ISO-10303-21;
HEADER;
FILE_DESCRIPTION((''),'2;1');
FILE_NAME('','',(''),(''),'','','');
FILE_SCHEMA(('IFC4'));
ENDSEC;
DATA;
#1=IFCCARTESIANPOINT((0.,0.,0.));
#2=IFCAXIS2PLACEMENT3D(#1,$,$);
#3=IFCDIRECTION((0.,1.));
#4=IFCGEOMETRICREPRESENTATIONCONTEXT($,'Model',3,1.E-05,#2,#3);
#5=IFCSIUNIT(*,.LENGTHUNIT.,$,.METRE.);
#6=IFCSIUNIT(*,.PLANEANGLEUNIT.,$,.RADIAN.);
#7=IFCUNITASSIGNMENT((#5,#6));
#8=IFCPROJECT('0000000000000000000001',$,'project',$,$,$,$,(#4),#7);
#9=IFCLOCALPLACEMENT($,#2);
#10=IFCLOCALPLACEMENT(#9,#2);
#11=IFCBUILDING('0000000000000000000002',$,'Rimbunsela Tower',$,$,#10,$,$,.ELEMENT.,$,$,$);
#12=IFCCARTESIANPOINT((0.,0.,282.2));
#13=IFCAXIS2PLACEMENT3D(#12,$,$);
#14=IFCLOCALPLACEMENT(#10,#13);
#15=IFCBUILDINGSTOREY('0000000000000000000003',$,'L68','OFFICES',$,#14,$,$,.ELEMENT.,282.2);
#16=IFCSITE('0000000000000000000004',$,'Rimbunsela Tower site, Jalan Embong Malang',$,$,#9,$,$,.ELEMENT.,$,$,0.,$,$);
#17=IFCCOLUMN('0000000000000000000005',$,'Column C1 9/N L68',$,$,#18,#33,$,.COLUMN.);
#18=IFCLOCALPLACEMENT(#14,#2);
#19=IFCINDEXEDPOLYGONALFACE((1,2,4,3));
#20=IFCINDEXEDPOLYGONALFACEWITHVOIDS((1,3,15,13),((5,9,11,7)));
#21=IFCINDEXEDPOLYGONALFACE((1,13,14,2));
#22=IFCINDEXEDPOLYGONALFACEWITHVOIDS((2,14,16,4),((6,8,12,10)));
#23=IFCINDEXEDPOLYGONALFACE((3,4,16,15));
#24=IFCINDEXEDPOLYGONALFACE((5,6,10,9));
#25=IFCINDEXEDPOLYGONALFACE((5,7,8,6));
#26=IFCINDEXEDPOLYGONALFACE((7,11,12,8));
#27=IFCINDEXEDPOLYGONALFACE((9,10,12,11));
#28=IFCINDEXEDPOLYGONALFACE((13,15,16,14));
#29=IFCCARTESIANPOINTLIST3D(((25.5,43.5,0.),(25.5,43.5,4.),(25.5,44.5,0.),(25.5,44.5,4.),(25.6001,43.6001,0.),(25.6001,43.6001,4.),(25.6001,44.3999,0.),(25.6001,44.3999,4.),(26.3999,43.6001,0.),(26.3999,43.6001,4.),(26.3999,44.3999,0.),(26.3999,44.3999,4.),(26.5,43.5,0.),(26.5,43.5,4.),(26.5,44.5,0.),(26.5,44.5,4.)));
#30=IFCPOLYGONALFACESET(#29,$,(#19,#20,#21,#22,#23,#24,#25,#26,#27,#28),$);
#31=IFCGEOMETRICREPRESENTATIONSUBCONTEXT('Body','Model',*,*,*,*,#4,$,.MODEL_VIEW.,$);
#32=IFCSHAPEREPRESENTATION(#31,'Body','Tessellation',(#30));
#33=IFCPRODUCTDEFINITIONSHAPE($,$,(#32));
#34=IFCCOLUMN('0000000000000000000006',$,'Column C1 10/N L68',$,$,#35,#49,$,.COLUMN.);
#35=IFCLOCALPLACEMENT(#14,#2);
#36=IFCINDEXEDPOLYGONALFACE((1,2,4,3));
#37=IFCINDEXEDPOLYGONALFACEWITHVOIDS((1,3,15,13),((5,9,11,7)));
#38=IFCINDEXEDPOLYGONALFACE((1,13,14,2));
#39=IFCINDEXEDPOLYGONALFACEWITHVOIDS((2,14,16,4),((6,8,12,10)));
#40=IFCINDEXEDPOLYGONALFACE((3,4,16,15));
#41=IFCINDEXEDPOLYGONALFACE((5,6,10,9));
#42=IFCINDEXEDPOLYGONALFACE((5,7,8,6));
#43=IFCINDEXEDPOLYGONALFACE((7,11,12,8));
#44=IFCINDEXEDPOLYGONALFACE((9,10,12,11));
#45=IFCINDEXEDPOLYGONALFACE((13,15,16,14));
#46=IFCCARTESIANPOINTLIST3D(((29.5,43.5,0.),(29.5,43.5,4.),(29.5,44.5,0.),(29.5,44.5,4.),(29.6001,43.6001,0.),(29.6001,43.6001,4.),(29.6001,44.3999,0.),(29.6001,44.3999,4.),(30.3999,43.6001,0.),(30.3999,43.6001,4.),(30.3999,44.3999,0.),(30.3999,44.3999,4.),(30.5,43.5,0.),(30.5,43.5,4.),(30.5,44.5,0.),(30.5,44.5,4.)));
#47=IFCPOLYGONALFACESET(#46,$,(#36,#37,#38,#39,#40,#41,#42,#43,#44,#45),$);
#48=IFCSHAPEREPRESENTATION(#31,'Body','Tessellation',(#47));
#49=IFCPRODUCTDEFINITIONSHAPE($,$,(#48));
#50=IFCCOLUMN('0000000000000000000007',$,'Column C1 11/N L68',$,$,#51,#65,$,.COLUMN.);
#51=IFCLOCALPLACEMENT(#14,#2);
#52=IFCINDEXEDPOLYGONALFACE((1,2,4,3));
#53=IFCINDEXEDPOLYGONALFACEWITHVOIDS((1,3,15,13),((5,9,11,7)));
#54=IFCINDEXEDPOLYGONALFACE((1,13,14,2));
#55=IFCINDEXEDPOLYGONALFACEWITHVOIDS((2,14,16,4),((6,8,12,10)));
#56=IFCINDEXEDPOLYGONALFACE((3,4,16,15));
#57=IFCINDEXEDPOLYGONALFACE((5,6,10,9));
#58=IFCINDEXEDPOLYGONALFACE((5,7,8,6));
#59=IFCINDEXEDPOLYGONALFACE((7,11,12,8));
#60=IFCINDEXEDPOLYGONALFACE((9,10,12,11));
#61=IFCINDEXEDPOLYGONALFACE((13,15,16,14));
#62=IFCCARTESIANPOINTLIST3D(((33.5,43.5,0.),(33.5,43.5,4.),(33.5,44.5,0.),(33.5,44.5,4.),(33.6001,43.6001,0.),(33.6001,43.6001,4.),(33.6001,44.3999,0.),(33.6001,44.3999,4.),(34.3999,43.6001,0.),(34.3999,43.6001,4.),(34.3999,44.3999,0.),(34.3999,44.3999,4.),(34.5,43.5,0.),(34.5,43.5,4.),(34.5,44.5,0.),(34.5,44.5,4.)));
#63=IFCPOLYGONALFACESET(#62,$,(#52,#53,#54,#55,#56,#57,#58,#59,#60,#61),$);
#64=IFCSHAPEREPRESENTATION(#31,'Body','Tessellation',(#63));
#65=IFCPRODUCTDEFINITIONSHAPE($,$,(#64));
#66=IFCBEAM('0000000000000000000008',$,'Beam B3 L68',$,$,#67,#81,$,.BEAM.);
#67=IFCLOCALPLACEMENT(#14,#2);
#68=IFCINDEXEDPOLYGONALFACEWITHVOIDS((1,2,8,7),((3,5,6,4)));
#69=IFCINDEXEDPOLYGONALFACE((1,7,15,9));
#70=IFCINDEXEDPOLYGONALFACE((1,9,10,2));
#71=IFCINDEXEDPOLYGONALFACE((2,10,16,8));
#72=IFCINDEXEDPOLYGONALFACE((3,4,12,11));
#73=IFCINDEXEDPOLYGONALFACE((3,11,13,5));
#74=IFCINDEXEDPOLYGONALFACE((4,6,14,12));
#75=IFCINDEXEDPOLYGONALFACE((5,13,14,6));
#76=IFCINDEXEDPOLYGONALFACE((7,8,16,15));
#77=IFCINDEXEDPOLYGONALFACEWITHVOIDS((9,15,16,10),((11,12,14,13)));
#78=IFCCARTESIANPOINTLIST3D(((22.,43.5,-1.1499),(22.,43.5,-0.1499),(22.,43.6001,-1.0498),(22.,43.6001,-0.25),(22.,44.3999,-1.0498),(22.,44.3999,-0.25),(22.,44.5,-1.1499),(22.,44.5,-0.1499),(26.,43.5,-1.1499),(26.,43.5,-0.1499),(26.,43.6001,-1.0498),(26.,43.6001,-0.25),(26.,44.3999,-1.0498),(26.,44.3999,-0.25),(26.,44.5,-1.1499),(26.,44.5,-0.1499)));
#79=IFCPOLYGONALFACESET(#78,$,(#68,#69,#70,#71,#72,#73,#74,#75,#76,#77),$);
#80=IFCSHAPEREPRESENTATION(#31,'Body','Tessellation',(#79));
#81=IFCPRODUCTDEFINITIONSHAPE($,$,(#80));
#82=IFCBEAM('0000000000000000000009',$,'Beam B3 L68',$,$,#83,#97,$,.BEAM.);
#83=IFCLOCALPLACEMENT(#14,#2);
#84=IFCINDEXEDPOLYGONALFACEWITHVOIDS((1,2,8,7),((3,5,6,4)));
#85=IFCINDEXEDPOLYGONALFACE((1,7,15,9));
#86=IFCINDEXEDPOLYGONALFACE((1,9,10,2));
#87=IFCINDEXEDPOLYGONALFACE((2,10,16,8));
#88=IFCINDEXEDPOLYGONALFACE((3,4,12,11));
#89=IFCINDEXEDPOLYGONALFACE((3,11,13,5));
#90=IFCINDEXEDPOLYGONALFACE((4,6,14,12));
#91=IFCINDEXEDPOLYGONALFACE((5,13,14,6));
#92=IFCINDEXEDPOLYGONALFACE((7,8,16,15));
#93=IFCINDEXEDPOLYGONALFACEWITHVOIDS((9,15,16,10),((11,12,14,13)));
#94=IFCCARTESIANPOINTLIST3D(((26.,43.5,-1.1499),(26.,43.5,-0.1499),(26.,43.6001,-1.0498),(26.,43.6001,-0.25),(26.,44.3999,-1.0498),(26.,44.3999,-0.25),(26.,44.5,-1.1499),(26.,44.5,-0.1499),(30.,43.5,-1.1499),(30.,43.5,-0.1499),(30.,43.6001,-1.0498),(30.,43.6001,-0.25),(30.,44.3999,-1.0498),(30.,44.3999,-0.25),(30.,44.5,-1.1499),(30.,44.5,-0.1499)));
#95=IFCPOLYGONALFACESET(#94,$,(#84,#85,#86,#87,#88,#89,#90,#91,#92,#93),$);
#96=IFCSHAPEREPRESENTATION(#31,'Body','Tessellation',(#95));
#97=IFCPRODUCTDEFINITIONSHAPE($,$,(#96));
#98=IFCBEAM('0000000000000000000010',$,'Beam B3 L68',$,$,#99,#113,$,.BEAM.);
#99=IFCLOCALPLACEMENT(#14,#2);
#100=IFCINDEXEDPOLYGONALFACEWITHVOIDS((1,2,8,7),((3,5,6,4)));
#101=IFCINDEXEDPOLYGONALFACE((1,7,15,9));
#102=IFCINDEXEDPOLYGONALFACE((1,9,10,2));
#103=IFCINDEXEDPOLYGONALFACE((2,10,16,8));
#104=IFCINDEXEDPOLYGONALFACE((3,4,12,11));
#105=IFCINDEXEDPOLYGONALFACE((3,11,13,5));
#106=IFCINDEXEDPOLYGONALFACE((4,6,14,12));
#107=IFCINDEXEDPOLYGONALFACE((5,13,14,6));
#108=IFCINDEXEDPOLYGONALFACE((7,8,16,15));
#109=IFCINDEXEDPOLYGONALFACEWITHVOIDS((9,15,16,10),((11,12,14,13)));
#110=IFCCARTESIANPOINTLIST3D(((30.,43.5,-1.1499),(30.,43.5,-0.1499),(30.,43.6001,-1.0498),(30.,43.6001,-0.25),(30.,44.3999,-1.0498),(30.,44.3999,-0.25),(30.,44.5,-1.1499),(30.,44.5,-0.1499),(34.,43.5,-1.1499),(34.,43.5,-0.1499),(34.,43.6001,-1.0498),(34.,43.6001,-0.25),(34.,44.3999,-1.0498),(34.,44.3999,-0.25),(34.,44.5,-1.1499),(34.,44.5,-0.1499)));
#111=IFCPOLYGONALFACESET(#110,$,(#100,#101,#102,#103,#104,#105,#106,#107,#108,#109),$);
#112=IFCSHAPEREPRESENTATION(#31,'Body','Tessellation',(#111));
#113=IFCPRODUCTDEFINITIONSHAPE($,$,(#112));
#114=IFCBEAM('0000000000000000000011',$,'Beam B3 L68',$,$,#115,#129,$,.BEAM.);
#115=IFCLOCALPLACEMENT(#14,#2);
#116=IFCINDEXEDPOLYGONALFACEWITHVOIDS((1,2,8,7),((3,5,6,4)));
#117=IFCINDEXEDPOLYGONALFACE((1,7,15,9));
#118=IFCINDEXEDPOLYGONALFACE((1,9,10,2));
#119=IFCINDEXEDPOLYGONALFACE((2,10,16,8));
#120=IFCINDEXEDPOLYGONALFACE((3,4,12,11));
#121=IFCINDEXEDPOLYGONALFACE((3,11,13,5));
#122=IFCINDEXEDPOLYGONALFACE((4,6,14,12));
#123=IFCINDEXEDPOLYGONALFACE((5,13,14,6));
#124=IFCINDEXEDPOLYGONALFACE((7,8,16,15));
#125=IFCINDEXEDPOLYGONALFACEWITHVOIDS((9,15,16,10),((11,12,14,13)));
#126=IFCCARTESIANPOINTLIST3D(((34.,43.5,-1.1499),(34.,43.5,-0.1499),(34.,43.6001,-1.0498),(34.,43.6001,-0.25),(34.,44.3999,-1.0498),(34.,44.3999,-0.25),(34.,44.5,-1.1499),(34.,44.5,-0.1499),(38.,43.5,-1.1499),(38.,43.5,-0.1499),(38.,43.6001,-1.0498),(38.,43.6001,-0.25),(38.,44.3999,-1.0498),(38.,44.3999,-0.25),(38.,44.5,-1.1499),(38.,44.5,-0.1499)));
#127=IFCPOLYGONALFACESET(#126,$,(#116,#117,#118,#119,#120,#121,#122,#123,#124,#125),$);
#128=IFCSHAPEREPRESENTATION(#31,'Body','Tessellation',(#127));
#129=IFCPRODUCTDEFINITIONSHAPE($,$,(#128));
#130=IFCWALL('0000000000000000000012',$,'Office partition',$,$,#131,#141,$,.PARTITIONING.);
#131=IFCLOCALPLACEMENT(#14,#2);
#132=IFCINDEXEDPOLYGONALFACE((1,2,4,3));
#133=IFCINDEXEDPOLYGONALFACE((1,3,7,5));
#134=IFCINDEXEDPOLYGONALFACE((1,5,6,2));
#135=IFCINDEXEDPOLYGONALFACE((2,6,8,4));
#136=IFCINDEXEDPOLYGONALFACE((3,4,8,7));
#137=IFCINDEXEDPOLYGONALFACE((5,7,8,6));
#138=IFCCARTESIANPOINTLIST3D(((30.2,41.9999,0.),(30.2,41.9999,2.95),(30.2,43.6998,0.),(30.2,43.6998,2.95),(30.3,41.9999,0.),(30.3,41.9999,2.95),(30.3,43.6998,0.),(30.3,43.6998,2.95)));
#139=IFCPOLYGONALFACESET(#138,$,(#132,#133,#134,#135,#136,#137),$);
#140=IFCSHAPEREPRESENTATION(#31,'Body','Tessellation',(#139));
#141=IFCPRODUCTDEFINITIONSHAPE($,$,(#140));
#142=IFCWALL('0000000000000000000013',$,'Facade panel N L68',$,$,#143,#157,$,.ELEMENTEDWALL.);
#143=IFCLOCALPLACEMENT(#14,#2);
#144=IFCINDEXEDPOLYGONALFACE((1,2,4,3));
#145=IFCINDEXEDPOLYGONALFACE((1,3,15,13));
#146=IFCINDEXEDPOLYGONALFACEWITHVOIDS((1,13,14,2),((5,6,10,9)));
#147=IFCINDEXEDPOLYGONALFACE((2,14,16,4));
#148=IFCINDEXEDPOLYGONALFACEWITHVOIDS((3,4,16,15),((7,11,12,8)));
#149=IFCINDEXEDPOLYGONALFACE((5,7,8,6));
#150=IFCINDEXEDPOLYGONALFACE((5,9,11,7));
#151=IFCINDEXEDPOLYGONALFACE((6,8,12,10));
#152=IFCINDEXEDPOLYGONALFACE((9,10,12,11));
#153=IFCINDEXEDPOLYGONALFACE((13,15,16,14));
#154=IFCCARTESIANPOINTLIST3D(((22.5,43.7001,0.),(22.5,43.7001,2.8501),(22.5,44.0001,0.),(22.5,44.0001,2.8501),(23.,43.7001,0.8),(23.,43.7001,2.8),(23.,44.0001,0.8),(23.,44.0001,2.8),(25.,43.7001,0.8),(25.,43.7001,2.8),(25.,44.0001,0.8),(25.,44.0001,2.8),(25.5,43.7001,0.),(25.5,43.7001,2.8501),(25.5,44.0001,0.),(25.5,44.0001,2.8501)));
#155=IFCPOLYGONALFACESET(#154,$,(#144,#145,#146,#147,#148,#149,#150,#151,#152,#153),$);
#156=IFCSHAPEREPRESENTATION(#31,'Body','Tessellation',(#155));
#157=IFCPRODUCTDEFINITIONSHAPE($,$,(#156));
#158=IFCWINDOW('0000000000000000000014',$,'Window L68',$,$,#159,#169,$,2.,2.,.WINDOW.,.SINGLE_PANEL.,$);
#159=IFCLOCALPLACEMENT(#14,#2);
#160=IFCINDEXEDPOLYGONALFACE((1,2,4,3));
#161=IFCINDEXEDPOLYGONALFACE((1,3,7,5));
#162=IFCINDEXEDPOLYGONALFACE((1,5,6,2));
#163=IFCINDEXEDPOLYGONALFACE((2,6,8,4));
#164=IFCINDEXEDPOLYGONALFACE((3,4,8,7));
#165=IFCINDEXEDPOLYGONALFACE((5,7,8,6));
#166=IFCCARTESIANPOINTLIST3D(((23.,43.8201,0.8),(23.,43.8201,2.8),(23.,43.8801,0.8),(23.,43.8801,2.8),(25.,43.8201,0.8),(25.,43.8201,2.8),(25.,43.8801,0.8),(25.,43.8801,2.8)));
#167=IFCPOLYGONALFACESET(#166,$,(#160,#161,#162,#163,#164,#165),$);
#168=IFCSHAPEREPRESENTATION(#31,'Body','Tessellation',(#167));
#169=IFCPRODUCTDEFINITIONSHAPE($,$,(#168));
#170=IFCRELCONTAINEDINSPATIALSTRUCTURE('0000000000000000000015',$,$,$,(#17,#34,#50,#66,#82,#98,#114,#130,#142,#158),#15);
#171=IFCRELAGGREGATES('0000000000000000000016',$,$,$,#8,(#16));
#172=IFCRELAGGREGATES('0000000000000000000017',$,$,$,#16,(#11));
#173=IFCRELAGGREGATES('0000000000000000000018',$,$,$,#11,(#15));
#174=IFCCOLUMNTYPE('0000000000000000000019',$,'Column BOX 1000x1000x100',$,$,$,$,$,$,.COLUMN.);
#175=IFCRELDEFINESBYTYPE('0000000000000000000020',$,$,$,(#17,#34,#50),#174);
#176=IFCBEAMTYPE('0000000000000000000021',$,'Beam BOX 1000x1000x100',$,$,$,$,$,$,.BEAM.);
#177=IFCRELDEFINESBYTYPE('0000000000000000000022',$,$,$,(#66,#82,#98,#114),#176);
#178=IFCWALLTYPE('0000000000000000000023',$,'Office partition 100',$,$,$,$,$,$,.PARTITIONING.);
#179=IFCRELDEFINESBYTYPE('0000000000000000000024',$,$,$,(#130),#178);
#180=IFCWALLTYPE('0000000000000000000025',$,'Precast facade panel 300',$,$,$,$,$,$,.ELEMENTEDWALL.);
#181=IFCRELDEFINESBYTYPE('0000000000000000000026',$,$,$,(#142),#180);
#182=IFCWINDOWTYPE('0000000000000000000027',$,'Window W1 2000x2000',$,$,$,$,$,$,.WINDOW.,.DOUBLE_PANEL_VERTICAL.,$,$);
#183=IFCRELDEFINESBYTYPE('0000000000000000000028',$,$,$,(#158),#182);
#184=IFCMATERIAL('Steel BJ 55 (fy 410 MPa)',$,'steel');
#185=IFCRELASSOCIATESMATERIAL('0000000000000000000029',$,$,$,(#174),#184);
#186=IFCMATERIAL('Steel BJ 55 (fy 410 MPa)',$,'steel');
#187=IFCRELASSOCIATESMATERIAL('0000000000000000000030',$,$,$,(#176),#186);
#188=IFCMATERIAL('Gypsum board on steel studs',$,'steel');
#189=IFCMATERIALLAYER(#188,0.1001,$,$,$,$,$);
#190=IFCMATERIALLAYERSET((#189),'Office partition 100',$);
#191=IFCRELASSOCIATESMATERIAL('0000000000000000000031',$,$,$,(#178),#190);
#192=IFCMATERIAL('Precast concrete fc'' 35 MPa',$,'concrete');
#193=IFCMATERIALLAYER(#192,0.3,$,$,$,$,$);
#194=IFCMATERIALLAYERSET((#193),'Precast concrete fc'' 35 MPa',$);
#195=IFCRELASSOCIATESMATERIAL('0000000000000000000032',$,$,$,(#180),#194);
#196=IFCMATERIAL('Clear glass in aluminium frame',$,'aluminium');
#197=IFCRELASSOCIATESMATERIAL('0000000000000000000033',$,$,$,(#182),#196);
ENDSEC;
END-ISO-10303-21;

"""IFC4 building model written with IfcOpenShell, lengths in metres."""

from ifc_helpers import new_model, si_unit, direction, frame, frame_2d, origin, origin_2d, place, context, subcontext, project, spatial, rectangle, hollow_rectangle, extrude, material, layer, layer_set, material_profile, profile_set, type_object, element, fill, save


model = new_model("IFC4")

# Units and contexts
model_context = context("Model", 3, precision=1e-05, world=origin(), true_north=direction((0.0, 1.0)))
body_context = subcontext(model_context, "Body", "Model", "MODEL_VIEW")
ifc_project = project(units=[si_unit("LENGTHUNIT", "METRE"), si_unit("PLANEANGLEUNIT", "RADIAN")], contexts=[model_context])

# Site, building, storey
site_placement = place(None, origin())
site = spatial("IfcSite", under=ifc_project, at=site_placement, Name="Rimbunsela Tower site, Jalan Embong Malang", CompositionType="ELEMENT", RefElevation=0.0)
building_placement = place(site_placement, origin())
building = spatial("IfcBuilding", under=site, at=building_placement, Name="Rimbunsela Tower", CompositionType="ELEMENT")
storey_placement = place(building_placement, frame((0.0, 0.0, 282.2)))
storey = spatial("IfcBuildingStorey", under=building, at=storey_placement, Name="L68", Description="OFFICES", CompositionType="ELEMENT", Elevation=282.2)

# Columns
ifc_material_1 = material(Name="Steel BJ 55 (fy 410 MPa)", Category="steel")
ifc_material_profile_1 = material_profile(ifc_material_1, hollow_rectangle(XDim=1.0, YDim=1.0, WallThickness=0.1001, at=origin_2d()), Name="BOX 1000x1000x100")
ifc_profile_set_1 = profile_set([ifc_material_profile_1], Name="Steel BJ 55 (fy 410 MPa)")
column_type = type_object("IfcColumnType", Name="Column BOX 1000x1000x100", PredefinedType="COLUMN", material=ifc_profile_set_1)
for number, where, z_axis, x_axis, name in (
    (1, (26.0, 44.0, 0.0), (0.0, 0.0, 1.0), (1.0, 0.0, 0.0), "Column C1 9/N L68"),
    (2, (30.0, 44.0, 0.0), (0.0, 0.0, 1.0), (1.0, 0.0, 0.0), "Column C1 10/N L68"),
    (3, (34.0, 44.0, 0.0), (0.0, 0.0, 1.0), (1.0, 0.0, 0.0), "Column C1 11/N L68"),
):
    element("IfcColumn", number, at=place(storey_placement, frame(where, z_axis=z_axis, x_axis=x_axis)), inside=storey, type_object=column_type, Name=name, PredefinedType="COLUMN", context=body_context, shape_type="SweptSolid", body=[
        extrude(hollow_rectangle(XDim=1.0, YDim=1.0, WallThickness=0.1001, at=origin_2d()), origin(), (0.0, 0.0, 1.0), 4.0),
    ])

# Beams
ifc_material_2 = material(Name="Steel BJ 55 (fy 410 MPa)", Category="steel")
ifc_material_profile_2 = material_profile(ifc_material_2, hollow_rectangle(XDim=1.0, YDim=1.0, WallThickness=0.1001, at=origin_2d()), Name="BOX 1000x1000x100")
ifc_profile_set_2 = profile_set([ifc_material_profile_2], Name="Steel BJ 55 (fy 410 MPa)")
beam_type = type_object("IfcBeamType", Name="Beam BOX 1000x1000x100", PredefinedType="BEAM", material=ifc_profile_set_2)
for number, where, z_axis, x_axis, name in (
    (4, (22.0, 44.0, -0.6499), (1.0, 0.0, 0.0), (0.0, 1.0, 0.0), "Beam B3 L68"),
    (5, (26.0, 44.0, -0.6499), (1.0, 0.0, 0.0), (0.0, 1.0, 0.0), "Beam B3 L68"),
    (6, (30.0, 44.0, -0.6499), (1.0, 0.0, 0.0), (0.0, 1.0, 0.0), "Beam B3 L68"),
    (7, (34.0, 44.0, -0.6499), (1.0, 0.0, 0.0), (0.0, 1.0, 0.0), "Beam B3 L68"),
):
    element("IfcBeam", number, at=place(storey_placement, frame(where, z_axis=z_axis, x_axis=x_axis)), inside=storey, type_object=beam_type, Name=name, PredefinedType="BEAM", context=body_context, shape_type="SweptSolid", body=[
        extrude(hollow_rectangle(XDim=1.0, YDim=1.0, WallThickness=0.1001, at=origin_2d()), origin(), (0.0, 0.0, 1.0), 4.0),
    ])

# Wall
ifc_material_3 = material(Name="Gypsum board on steel studs", Category="steel")
ifc_layer_1 = layer(ifc_material_3, 0.1001)
ifc_layer_set_1 = layer_set([ifc_layer_1], Name="Office partition 100")
wall_type_1 = type_object("IfcWallType", Name="Office partition 100", PredefinedType="PARTITIONING", material=ifc_layer_set_1)
wall_1_placement = place(storey_placement, frame((30.25, 43.7, 0.0), z_axis=(0.0, 0.0, 1.0), x_axis=(0.0, -1.0, 0.0)))
element("IfcWall", 8, at=wall_1_placement, inside=storey, type_object=wall_type_1, Name="Office partition", PredefinedType="PARTITIONING", context=body_context, shape_type="SweptSolid", body=[
    extrude(rectangle(XDim=1.7, YDim=0.1001, at=frame_2d((0.8501, 0.0))), origin(), (0.0, 0.0, 1.0), 2.95),
])

# Wall, opening, window
ifc_material_4 = material(Name="Precast concrete fc' 35 MPa", Category="concrete")
ifc_layer_2 = layer(ifc_material_4, 0.3)
ifc_layer_set_2 = layer_set([ifc_layer_2], Name="Precast concrete fc' 35 MPa")
wall_type_2 = type_object("IfcWallType", Name="Precast facade panel 300", PredefinedType="ELEMENTEDWALL", material=ifc_layer_set_2)
wall_2_placement = place(storey_placement, frame((25.5, 43.8501, 0.0), z_axis=(0.0, 0.0, 1.0), x_axis=(-1.0, 0.0, 0.0)))
wall_2 = element("IfcWall", 9, at=wall_2_placement, inside=storey, type_object=wall_type_2, Name="Facade panel N L68", PredefinedType="ELEMENTEDWALL", context=body_context, shape_type="SweptSolid", body=[
    extrude(rectangle(XDim=3.0, YDim=0.3, at=frame_2d((1.5, 0.0))), origin(), (0.0, 0.0, 1.0), 2.8501),
])
opening_1_placement = place(wall_2_placement, frame((0.5, 0.0, 0.8)))
opening_1 = element("IfcOpeningElement", 10, at=opening_1_placement, cuts=wall_2, PredefinedType="OPENING", context=body_context, shape_type="SweptSolid", body=[
    extrude(rectangle(XDim=2.0, YDim=2.0, at=frame_2d((1.0, 1.0))), frame((0.0, 0.1599, 0.0), z_axis=(0.0, -1.0, 0.0), x_axis=(1.0, 0.0, 0.0)), (0.0, 0.0, 1.0), 0.3201),
])
ifc_material_5 = material(Name="Clear glass in aluminium frame", Category="aluminium")
window_type_1 = type_object("IfcWindowType", Name="Window W1 2000x2000", PartitioningType="DOUBLE_PANEL_VERTICAL", PredefinedType="WINDOW", material=ifc_material_5)
window_1_placement = place(opening_1_placement, origin())
window_1 = element("IfcWindow", 11, at=window_1_placement, inside=storey, type_object=window_type_1, Name="Window L68", OverallHeight=2.0, OverallWidth=2.0, PartitioningType="SINGLE_PANEL", PredefinedType="WINDOW", context=body_context, shape_type="SweptSolid", body=[
    extrude(rectangle(XDim=2.0, YDim=2.0, at=frame_2d((1.0, 1.0))), frame((0.0, 0.03, 0.0), z_axis=(0.0, -1.0, 0.0), x_axis=(1.0, 0.0, 0.0)), (0.0, 0.0, 1.0), 0.0601),
])
fill(opening_1, window_1)

save(model, "model.ifc")
